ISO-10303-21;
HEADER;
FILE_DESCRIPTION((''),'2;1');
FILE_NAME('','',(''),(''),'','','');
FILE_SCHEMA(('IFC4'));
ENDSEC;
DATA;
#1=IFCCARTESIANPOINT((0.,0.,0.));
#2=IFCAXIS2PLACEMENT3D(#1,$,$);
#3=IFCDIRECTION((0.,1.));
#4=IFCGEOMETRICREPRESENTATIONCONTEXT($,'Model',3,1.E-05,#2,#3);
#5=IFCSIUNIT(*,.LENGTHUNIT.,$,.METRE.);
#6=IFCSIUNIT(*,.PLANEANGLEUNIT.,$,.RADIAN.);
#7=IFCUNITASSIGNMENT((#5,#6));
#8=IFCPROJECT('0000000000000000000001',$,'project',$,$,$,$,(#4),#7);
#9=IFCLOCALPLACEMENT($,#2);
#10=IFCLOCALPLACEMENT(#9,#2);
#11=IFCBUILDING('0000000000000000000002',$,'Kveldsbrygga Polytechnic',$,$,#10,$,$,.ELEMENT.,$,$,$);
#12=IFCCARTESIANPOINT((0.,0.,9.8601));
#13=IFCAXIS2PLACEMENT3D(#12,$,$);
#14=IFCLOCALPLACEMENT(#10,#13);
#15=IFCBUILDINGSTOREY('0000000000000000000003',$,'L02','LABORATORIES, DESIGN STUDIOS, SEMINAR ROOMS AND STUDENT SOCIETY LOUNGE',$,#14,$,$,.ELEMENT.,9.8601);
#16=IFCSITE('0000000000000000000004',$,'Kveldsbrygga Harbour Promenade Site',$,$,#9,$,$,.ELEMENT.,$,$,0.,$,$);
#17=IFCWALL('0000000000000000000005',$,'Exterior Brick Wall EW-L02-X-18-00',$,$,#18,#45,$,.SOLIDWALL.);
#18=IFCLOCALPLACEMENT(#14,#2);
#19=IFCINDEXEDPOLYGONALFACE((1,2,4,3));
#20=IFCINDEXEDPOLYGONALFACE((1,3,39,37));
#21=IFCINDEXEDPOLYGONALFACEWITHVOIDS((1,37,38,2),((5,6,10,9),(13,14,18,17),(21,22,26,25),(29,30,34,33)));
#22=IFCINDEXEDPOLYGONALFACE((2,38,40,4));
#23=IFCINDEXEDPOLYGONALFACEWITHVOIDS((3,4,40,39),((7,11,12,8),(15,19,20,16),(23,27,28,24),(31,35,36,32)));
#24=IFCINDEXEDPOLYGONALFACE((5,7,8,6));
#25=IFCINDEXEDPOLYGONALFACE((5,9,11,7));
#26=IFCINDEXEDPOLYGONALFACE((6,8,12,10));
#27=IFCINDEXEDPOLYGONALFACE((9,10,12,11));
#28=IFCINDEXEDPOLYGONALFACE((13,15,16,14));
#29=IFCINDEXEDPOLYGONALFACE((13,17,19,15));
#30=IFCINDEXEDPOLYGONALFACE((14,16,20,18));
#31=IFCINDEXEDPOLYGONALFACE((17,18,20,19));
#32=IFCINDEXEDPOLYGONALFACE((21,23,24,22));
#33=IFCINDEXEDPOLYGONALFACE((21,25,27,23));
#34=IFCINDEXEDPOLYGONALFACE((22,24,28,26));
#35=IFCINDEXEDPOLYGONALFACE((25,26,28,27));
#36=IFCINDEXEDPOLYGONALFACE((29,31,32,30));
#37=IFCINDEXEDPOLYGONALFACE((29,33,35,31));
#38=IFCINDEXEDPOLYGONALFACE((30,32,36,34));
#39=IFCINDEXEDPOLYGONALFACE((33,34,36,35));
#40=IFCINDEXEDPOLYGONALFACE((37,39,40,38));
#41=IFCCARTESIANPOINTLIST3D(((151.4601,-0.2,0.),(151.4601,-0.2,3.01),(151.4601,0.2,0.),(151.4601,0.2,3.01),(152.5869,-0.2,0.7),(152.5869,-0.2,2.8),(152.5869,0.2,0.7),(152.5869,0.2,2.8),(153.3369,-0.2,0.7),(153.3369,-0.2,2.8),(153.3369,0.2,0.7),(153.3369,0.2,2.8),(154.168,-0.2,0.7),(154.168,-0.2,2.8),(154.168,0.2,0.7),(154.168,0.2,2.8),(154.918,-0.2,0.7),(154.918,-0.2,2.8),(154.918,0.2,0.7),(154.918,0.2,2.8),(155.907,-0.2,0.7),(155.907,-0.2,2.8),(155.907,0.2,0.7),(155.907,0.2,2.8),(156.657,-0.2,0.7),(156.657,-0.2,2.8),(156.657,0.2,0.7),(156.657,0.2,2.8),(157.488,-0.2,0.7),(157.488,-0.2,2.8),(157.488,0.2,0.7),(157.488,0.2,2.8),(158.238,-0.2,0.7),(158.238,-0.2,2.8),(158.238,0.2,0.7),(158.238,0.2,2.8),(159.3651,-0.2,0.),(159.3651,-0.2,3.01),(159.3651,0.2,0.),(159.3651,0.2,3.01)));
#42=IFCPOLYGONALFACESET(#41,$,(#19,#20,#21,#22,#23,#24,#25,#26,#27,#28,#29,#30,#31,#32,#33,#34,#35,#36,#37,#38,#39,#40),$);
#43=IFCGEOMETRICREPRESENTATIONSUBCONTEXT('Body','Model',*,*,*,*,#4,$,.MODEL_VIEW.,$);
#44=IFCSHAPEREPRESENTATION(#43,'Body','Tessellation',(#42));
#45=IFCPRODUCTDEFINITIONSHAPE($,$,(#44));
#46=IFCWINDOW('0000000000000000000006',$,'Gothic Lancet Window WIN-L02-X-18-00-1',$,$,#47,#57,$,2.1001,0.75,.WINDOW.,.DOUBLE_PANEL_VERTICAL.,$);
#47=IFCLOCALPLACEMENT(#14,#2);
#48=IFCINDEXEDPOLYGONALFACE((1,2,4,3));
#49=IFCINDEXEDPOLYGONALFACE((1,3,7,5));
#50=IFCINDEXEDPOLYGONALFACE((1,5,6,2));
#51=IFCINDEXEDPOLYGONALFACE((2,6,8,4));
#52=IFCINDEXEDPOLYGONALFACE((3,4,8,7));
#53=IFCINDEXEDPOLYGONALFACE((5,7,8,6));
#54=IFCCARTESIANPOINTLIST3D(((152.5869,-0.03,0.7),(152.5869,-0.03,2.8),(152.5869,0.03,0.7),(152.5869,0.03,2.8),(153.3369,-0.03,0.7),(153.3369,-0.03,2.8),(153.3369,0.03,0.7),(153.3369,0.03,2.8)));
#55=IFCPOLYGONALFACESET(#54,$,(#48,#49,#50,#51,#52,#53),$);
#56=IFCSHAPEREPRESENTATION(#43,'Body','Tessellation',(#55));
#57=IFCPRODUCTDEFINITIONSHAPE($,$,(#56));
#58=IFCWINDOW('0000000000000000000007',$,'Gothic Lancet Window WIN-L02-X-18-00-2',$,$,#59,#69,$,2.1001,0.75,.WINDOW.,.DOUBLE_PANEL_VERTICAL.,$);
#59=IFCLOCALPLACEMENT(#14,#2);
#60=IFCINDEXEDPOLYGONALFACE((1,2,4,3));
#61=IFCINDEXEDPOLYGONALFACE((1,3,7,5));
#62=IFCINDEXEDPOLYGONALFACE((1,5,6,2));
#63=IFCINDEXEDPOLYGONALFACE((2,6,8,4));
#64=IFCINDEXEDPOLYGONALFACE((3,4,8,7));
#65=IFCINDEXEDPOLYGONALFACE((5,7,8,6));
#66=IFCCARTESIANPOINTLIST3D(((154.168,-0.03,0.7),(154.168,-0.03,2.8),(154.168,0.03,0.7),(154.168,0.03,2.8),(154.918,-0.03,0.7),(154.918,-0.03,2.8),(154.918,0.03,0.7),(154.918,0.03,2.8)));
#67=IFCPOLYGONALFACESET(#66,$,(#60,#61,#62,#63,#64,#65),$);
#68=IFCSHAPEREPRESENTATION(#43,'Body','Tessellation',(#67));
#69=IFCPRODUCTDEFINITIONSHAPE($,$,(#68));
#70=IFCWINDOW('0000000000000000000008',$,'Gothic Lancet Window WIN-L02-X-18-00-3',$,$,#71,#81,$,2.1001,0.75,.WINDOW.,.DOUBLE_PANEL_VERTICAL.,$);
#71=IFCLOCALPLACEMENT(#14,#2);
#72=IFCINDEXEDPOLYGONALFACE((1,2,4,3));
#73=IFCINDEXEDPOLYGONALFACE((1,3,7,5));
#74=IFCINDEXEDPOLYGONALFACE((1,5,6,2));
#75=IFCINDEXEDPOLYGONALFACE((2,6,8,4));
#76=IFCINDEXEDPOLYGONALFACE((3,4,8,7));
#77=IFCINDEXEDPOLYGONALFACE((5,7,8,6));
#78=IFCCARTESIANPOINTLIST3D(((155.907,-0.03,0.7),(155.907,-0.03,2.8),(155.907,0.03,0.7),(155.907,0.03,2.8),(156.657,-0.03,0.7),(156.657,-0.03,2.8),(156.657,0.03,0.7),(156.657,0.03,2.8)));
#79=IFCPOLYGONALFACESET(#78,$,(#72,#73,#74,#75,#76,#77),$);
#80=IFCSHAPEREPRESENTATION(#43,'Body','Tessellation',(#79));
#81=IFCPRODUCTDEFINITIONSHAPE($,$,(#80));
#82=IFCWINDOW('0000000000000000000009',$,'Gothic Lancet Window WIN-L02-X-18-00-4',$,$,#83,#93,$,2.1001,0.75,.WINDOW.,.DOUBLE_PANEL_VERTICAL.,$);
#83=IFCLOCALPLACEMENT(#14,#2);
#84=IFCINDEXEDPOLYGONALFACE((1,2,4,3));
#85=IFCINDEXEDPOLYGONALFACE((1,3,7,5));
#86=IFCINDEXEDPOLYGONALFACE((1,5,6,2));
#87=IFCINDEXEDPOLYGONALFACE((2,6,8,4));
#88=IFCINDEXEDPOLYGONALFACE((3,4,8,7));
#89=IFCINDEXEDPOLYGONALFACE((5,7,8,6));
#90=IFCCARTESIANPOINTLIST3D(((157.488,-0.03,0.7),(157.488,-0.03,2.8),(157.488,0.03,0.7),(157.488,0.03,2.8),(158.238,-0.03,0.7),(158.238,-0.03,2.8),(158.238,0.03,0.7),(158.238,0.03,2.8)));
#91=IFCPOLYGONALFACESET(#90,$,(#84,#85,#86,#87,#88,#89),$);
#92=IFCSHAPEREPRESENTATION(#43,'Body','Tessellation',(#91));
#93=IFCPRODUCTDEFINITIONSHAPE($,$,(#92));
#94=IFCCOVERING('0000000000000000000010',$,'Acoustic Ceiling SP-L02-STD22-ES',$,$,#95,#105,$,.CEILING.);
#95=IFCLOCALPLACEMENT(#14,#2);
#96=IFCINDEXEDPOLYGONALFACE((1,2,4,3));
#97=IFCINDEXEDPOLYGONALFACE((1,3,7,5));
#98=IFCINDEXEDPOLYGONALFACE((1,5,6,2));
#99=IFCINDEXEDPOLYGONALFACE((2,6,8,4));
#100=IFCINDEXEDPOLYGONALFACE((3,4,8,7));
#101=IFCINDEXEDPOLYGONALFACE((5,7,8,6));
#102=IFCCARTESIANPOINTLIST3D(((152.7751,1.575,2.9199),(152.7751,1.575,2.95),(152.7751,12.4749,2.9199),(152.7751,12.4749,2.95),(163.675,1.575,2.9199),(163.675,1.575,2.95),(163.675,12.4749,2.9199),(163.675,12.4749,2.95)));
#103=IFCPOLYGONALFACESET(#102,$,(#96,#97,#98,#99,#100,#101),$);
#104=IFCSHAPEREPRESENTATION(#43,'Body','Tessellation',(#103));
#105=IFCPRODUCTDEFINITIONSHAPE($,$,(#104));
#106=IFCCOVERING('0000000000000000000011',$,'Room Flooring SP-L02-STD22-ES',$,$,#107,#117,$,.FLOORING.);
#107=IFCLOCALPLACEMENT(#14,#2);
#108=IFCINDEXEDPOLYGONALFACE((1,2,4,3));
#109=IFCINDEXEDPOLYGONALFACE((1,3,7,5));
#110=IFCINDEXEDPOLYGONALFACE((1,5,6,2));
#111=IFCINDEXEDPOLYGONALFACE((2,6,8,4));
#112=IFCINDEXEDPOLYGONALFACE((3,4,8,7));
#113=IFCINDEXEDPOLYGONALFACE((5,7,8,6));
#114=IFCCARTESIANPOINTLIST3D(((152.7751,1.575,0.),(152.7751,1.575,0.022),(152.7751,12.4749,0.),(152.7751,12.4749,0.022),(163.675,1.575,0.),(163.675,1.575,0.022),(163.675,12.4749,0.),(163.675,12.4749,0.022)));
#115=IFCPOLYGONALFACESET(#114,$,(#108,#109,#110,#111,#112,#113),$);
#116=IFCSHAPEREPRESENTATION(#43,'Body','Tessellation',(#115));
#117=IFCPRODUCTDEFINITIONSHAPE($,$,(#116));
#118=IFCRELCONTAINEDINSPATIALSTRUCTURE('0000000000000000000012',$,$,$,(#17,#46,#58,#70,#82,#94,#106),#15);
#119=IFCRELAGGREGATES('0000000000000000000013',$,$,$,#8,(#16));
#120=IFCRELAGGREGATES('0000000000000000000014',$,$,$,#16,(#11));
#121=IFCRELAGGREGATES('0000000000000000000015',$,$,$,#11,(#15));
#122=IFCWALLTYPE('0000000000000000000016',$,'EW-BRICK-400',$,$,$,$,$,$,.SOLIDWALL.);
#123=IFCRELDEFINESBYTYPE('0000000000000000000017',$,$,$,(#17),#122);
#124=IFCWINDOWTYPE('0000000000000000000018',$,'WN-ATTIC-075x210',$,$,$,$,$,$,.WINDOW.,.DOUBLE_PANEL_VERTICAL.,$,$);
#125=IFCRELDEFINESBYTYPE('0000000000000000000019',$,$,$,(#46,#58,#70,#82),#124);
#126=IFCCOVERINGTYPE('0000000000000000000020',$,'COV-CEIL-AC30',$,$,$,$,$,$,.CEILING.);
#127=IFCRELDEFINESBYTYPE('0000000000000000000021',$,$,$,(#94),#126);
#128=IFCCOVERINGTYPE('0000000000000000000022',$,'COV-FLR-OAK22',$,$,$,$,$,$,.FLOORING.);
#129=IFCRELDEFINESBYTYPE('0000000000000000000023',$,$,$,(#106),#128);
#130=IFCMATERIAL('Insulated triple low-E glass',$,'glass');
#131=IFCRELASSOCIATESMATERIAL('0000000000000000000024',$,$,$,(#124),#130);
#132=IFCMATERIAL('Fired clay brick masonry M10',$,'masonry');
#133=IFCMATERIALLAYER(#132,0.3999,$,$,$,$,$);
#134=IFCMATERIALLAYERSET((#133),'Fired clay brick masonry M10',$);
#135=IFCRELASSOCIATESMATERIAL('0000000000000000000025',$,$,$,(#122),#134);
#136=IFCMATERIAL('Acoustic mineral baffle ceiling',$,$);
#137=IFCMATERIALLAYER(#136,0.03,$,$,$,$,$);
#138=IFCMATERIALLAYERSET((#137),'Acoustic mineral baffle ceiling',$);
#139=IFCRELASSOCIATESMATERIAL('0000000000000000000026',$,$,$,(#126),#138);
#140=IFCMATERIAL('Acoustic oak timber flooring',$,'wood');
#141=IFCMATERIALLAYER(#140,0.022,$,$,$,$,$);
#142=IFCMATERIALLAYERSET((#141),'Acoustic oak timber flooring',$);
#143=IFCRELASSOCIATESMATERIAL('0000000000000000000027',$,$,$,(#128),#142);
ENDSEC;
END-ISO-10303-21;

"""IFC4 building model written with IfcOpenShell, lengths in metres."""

from ifc_helpers import new_model, si_unit, direction, frame, frame_2d, origin, origin_2d, place, context, subcontext, project, spatial, rectangle, extrude, material, layer, layer_set, type_object, element, fill, save


model = new_model("IFC4")

# Units and contexts
model_context = context("Model", 3, precision=1e-05, world=origin(), true_north=direction((0.0, 1.0)))
body_context = subcontext(model_context, "Body", "Model", "MODEL_VIEW")
ifc_project = project(units=[si_unit("LENGTHUNIT", "METRE"), si_unit("PLANEANGLEUNIT", "RADIAN")], contexts=[model_context])

# Site, building, storey
site_placement = place(None, origin())
site = spatial("IfcSite", under=ifc_project, at=site_placement, Name="Kveldsbrygga Harbour Promenade Site", CompositionType="ELEMENT", RefElevation=0.0)
building_placement = place(site_placement, origin())
building = spatial("IfcBuilding", under=site, at=building_placement, Name="Kveldsbrygga Polytechnic", CompositionType="ELEMENT")
storey_placement = place(building_placement, frame((0.0, 0.0, 9.8601)))
storey = spatial("IfcBuildingStorey", under=building, at=storey_placement, Name="L02", Description="LABORATORIES, DESIGN STUDIOS, SEMINAR ROOMS AND STUDENT SOCIETY LOUNGE", CompositionType="ELEMENT", Elevation=9.8601)

# Shared definitions
ifc_material_1 = material(Name="Insulated triple low-E glass", Category="glass")

# Wall, openings, windows
ifc_material_2 = material(Name="Fired clay brick masonry M10", Category="masonry")
window_type = type_object("IfcWindowType", Name="WN-ATTIC-075x210", PartitioningType="DOUBLE_PANEL_VERTICAL", PredefinedType="WINDOW", material=ifc_material_1)
ifc_layer_1 = layer(ifc_material_2, 0.3999)
ifc_layer_set_1 = layer_set([ifc_layer_1], Name="Fired clay brick masonry M10")
wall_type_1 = type_object("IfcWallType", Name="EW-BRICK-400", PredefinedType="SOLIDWALL", material=ifc_layer_set_1)
wall_1_placement = place(storey_placement, frame((151.46, 0.0, 0.0), z_axis=(0.0, 0.0, 1.0), x_axis=(1.0, 0.0, 0.0)))
wall_1 = element("IfcWall", 1, at=wall_1_placement, inside=storey, type_object=wall_type_1, Name="Exterior Brick Wall EW-L02-X-18-00", PredefinedType="SOLIDWALL", context=body_context, shape_type="SweptSolid", body=[
    extrude(rectangle(XDim=7.905, YDim=0.3999, at=frame_2d((3.9526, 0.0))), origin(), (0.0, 0.0, 1.0), 3.01),
])
opening_1_placement = place(wall_1_placement, frame((1.127, 0.0, 0.7)))
opening_1 = element("IfcOpeningElement", 2, at=opening_1_placement, cuts=wall_1, PredefinedType="OPENING", context=body_context, shape_type="SweptSolid", body=[
    extrude(rectangle(XDim=0.75, YDim=2.1001, at=frame_2d((0.375, 1.05))), frame((0.0, 0.21, 0.0), z_axis=(0.0, -1.0, 0.0), x_axis=(1.0, 0.0, 0.0)), (0.0, 0.0, 1.0), 0.4199),
])
opening_2_placement = place(wall_1_placement, frame((2.708, 0.0, 0.7)))
opening_2 = element("IfcOpeningElement", 3, at=opening_2_placement, cuts=wall_1, PredefinedType="OPENING", context=body_context, shape_type="SweptSolid", body=[
    extrude(rectangle(XDim=0.75, YDim=2.1001, at=frame_2d((0.375, 1.05))), frame((0.0, 0.21, 0.0), z_axis=(0.0, -1.0, 0.0), x_axis=(1.0, 0.0, 0.0)), (0.0, 0.0, 1.0), 0.4199),
])
opening_3_placement = place(wall_1_placement, frame((4.447, 0.0, 0.7)))
opening_3 = element("IfcOpeningElement", 4, at=opening_3_placement, cuts=wall_1, PredefinedType="OPENING", context=body_context, shape_type="SweptSolid", body=[
    extrude(rectangle(XDim=0.75, YDim=2.1001, at=frame_2d((0.375, 1.05))), frame((0.0, 0.21, 0.0), z_axis=(0.0, -1.0, 0.0), x_axis=(1.0, 0.0, 0.0)), (0.0, 0.0, 1.0), 0.4199),
])
opening_4_placement = place(wall_1_placement, frame((6.0281, 0.0, 0.7)))
opening_4 = element("IfcOpeningElement", 5, at=opening_4_placement, cuts=wall_1, PredefinedType="OPENING", context=body_context, shape_type="SweptSolid", body=[
    extrude(rectangle(XDim=0.75, YDim=2.1001, at=frame_2d((0.375, 1.05))), frame((0.0, 0.21, 0.0), z_axis=(0.0, -1.0, 0.0), x_axis=(1.0, 0.0, 0.0)), (0.0, 0.0, 1.0), 0.4199),
])
window_1_placement = place(opening_1_placement, origin())
window_1 = element("IfcWindow", 6, at=window_1_placement, inside=storey, type_object=window_type, Name="Gothic Lancet Window WIN-L02-X-18-00-1", OverallHeight=2.1001, OverallWidth=0.75, PartitioningType="DOUBLE_PANEL_VERTICAL", PredefinedType="WINDOW", context=body_context, shape_type="SweptSolid", body=[
    extrude(rectangle(XDim=0.75, YDim=2.1001, at=frame_2d((0.375, 1.05))), frame((0.0, 0.03, 0.0), z_axis=(0.0, -1.0, 0.0), x_axis=(1.0, 0.0, 0.0)), (0.0, 0.0, 1.0), 0.0601),
])
fill(opening_1, window_1)
window_2_placement = place(opening_2_placement, origin())
window_2 = element("IfcWindow", 7, at=window_2_placement, inside=storey, type_object=window_type, Name="Gothic Lancet Window WIN-L02-X-18-00-2", OverallHeight=2.1001, OverallWidth=0.75, PartitioningType="DOUBLE_PANEL_VERTICAL", PredefinedType="WINDOW", context=body_context, shape_type="SweptSolid", body=[
    extrude(rectangle(XDim=0.75, YDim=2.1001, at=frame_2d((0.375, 1.05))), frame((0.0, 0.03, 0.0), z_axis=(0.0, -1.0, 0.0), x_axis=(1.0, 0.0, 0.0)), (0.0, 0.0, 1.0), 0.0601),
])
fill(opening_2, window_2)
window_3_placement = place(opening_3_placement, origin())
window_3 = element("IfcWindow", 8, at=window_3_placement, inside=storey, type_object=window_type, Name="Gothic Lancet Window WIN-L02-X-18-00-3", OverallHeight=2.1001, OverallWidth=0.75, PartitioningType="DOUBLE_PANEL_VERTICAL", PredefinedType="WINDOW", context=body_context, shape_type="SweptSolid", body=[
    extrude(rectangle(XDim=0.75, YDim=2.1001, at=frame_2d((0.375, 1.05))), frame((0.0, 0.03, 0.0), z_axis=(0.0, -1.0, 0.0), x_axis=(1.0, 0.0, 0.0)), (0.0, 0.0, 1.0), 0.0601),
])
fill(opening_3, window_3)
window_4_placement = place(opening_4_placement, origin())
window_4 = element("IfcWindow", 9, at=window_4_placement, inside=storey, type_object=window_type, Name="Gothic Lancet Window WIN-L02-X-18-00-4", OverallHeight=2.1001, OverallWidth=0.75, PartitioningType="DOUBLE_PANEL_VERTICAL", PredefinedType="WINDOW", context=body_context, shape_type="SweptSolid", body=[
    extrude(rectangle(XDim=0.75, YDim=2.1001, at=frame_2d((0.375, 1.05))), frame((0.0, 0.03, 0.0), z_axis=(0.0, -1.0, 0.0), x_axis=(1.0, 0.0, 0.0)), (0.0, 0.0, 1.0), 0.0601),
])
fill(opening_4, window_4)

# Coverings
ifc_material_3 = material(Name="Acoustic mineral baffle ceiling")
ifc_layer_2 = layer(ifc_material_3, 0.03)
ifc_layer_set_2 = layer_set([ifc_layer_2], Name="Acoustic mineral baffle ceiling")
covering_type_1 = type_object("IfcCoveringType", Name="COV-CEIL-AC30", PredefinedType="CEILING", material=ifc_layer_set_2)
covering_1_placement = place(storey_placement, frame((158.2251, 7.0249, 2.9199), z_axis=(0.0, 0.0, 1.0), x_axis=(1.0, 0.0, 0.0)))
element("IfcCovering", 10, at=covering_1_placement, inside=storey, type_object=covering_type_1, Name="Acoustic Ceiling SP-L02-STD22-ES", PredefinedType="CEILING", context=body_context, shape_type="SweptSolid", body=[
    extrude(rectangle(XDim=10.8999, YDim=10.8999, at=origin_2d()), origin(), (0.0, 0.0, 1.0), 0.03),
])
ifc_material_4 = material(Name="Acoustic oak timber flooring", Category="wood")
ifc_layer_3 = layer(ifc_material_4, 0.022)
ifc_layer_set_3 = layer_set([ifc_layer_3], Name="Acoustic oak timber flooring")
covering_type_2 = type_object("IfcCoveringType", Name="COV-FLR-OAK22", PredefinedType="FLOORING", material=ifc_layer_set_3)
covering_2_placement = place(storey_placement, frame((158.2251, 7.0249, 0.0), z_axis=(0.0, 0.0, 1.0), x_axis=(1.0, 0.0, 0.0)))
element("IfcCovering", 11, at=covering_2_placement, inside=storey, type_object=covering_type_2, Name="Room Flooring SP-L02-STD22-ES", PredefinedType="FLOORING", context=body_context, shape_type="SweptSolid", body=[
    extrude(rectangle(XDim=10.8999, YDim=10.8999, at=origin_2d()), origin(), (0.0, 0.0, 1.0), 0.022),
])

save(model, "model.ifc")
